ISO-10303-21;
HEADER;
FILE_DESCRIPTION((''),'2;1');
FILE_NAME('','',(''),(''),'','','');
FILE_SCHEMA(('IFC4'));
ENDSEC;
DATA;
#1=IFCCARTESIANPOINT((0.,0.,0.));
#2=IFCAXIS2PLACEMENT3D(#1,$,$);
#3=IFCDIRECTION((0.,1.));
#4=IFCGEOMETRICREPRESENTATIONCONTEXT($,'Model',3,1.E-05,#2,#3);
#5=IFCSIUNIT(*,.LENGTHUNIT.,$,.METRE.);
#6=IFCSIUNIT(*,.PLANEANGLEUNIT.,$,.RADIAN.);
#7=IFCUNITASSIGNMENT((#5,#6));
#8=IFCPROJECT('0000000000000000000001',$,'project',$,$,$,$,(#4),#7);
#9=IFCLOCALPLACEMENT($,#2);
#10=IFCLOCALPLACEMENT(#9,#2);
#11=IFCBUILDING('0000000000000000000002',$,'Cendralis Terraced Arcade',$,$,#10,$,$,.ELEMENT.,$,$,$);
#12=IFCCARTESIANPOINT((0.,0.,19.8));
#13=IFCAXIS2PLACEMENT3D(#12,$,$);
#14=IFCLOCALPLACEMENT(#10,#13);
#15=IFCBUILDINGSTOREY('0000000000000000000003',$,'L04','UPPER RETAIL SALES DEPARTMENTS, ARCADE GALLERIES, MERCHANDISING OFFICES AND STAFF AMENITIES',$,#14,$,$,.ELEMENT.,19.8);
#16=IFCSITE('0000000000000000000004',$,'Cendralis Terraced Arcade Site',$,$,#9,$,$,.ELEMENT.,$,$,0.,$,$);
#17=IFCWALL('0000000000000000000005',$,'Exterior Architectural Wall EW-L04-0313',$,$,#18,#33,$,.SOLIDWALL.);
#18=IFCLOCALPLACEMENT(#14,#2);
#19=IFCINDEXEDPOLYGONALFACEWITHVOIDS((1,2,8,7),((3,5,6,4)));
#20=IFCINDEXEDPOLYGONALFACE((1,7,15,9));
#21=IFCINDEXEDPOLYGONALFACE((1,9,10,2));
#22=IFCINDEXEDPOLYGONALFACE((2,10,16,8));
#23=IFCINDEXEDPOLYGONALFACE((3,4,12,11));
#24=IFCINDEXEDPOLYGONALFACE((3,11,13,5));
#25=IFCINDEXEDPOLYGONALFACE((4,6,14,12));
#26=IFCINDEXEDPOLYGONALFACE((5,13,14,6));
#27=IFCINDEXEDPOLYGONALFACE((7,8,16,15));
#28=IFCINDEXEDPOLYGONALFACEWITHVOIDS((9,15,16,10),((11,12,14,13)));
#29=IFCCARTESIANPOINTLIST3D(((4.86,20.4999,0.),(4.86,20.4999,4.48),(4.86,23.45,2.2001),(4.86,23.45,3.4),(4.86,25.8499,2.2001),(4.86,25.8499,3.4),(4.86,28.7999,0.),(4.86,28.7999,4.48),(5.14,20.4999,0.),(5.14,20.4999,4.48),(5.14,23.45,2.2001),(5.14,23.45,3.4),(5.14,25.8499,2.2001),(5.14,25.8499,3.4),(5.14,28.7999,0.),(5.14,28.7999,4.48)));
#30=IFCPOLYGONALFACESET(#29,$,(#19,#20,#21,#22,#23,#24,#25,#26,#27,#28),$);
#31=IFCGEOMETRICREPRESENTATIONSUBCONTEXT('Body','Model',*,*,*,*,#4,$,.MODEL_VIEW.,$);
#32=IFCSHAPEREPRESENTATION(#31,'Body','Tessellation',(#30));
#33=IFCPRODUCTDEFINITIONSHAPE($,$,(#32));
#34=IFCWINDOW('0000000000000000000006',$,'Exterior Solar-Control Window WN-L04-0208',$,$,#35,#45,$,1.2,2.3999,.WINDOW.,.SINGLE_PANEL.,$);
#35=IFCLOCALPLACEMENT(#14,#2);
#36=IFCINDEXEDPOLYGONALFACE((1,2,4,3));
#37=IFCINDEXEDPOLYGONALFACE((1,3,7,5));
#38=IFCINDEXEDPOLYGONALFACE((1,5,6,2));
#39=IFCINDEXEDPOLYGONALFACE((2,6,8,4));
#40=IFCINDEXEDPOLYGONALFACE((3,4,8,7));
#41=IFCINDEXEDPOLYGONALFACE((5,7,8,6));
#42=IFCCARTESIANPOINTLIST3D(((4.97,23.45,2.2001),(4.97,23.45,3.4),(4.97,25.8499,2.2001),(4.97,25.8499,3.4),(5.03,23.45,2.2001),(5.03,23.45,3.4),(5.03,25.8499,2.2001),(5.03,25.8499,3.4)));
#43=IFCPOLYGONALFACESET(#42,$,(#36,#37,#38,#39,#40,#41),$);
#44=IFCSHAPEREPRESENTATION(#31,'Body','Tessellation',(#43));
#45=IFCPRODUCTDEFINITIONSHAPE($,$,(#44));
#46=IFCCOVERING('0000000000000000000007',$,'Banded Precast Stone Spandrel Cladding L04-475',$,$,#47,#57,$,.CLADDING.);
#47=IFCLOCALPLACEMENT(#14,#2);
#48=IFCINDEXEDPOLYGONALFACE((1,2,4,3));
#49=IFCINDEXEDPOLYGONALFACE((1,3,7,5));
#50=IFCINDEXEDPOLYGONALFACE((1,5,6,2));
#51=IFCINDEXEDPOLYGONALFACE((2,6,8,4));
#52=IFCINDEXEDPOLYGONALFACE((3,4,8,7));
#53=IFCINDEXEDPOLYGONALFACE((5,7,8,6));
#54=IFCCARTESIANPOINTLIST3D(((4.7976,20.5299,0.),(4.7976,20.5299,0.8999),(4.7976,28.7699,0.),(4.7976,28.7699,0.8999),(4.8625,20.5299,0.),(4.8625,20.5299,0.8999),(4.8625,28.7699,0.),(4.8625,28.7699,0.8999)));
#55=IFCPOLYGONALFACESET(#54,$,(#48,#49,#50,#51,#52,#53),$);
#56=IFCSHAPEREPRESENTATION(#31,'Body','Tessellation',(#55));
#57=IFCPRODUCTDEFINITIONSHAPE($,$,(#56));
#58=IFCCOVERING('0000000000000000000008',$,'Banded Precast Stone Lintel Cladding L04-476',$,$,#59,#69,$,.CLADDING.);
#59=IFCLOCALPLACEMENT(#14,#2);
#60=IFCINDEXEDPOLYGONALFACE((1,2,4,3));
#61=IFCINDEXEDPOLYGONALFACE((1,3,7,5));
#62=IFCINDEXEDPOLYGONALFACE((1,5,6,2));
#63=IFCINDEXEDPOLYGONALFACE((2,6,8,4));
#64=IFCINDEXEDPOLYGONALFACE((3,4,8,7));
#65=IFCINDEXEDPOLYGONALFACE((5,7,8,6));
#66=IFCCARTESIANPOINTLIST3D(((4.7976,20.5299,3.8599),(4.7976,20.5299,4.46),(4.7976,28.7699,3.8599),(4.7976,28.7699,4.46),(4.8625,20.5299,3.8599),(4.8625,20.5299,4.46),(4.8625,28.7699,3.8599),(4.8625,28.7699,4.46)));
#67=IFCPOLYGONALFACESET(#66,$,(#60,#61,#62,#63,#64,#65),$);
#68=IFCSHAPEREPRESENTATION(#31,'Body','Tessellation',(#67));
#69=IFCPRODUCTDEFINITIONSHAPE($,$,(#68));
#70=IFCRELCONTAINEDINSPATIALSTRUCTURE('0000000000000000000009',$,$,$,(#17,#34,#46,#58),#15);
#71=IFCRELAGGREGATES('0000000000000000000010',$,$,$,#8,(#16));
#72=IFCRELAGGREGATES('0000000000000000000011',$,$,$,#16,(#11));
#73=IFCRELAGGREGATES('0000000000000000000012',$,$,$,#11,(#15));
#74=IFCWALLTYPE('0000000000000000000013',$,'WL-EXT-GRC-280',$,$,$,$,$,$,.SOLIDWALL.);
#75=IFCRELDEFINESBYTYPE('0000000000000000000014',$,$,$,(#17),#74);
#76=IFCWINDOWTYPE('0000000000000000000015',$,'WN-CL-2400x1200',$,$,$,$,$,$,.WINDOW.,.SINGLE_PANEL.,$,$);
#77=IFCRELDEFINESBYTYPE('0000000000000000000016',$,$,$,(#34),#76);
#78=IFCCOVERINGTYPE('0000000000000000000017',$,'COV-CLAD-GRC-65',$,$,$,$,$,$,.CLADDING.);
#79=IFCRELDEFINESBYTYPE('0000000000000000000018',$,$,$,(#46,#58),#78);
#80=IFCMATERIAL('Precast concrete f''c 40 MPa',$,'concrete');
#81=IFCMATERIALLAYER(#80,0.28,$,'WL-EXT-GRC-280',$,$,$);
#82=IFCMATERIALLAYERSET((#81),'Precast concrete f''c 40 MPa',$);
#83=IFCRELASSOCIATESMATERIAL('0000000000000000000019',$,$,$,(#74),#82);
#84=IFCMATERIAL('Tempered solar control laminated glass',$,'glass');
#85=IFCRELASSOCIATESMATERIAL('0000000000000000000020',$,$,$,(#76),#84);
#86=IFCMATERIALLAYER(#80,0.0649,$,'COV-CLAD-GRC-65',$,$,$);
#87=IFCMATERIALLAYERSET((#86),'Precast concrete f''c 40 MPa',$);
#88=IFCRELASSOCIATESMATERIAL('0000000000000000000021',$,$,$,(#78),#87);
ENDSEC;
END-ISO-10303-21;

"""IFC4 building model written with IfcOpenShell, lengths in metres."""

from ifc_helpers import new_model, si_unit, direction, frame, frame_2d, origin, origin_2d, place, context, subcontext, project, spatial, rectangle, extrude, material, layer, layer_set, type_object, element, fill, save


model = new_model("IFC4")

# Units and contexts
model_context = context("Model", 3, precision=1e-05, world=origin(), true_north=direction((0.0, 1.0)))
body_context = subcontext(model_context, "Body", "Model", "MODEL_VIEW")
ifc_project = project(units=[si_unit("LENGTHUNIT", "METRE"), si_unit("PLANEANGLEUNIT", "RADIAN")], contexts=[model_context])

# Site, building, storey
site_placement = place(None, origin())
site = spatial("IfcSite", under=ifc_project, at=site_placement, Name="Cendralis Terraced Arcade Site", CompositionType="ELEMENT", RefElevation=0.0)
building_placement = place(site_placement, origin())
building = spatial("IfcBuilding", under=site, at=building_placement, Name="Cendralis Terraced Arcade", CompositionType="ELEMENT")
storey_placement = place(building_placement, frame((0.0, 0.0, 19.8)))
storey = spatial("IfcBuildingStorey", under=building, at=storey_placement, Name="L04", Description="UPPER RETAIL SALES DEPARTMENTS, ARCADE GALLERIES, MERCHANDISING OFFICES AND STAFF AMENITIES", CompositionType="ELEMENT", Elevation=19.8)

# Shared definitions
ifc_material_1 = material(Name="Tempered solar control laminated glass", Category="glass")

# Wall, opening, window
ifc_material_2 = material(Name="Precast concrete f'c 40 MPa", Category="concrete")
ifc_layer_1 = layer(ifc_material_2, 0.28, Name="WL-EXT-GRC-280")
ifc_layer_set_1 = layer_set([ifc_layer_1], Name="Precast concrete f'c 40 MPa")
wall_type_1 = type_object("IfcWallType", Name="WL-EXT-GRC-280", PredefinedType="SOLIDWALL", material=ifc_layer_set_1)
wall_1_placement = place(storey_placement, frame((5.0, 20.5, 0.0), z_axis=(0.0, 0.0, 1.0), x_axis=(0.0, 1.0, 0.0)))
wall_1 = element("IfcWall", 1, at=wall_1_placement, inside=storey, type_object=wall_type_1, Name="Exterior Architectural Wall EW-L04-0313", PredefinedType="SOLIDWALL", context=body_context, shape_type="SweptSolid", body=[
    extrude(rectangle(XDim=8.3, YDim=0.28, at=frame_2d((4.1499, 0.0))), origin(), (0.0, 0.0, 1.0), 4.48),
])
opening_placement = place(wall_1_placement, frame((2.95, 0.0, 2.2)))
opening = element("IfcOpeningElement", 2, at=opening_placement, cuts=wall_1, PredefinedType="OPENING", context=body_context, shape_type="SweptSolid", body=[
    extrude(rectangle(XDim=2.3999, YDim=1.2, at=frame_2d((1.2, 0.6001))), frame((0.0, 0.1519, 0.0), z_axis=(0.0, -1.0, 0.0), x_axis=(1.0, 0.0, 0.0)), (0.0, 0.0, 1.0), 0.304),
])
window_type = type_object("IfcWindowType", Name="WN-CL-2400x1200", PartitioningType="SINGLE_PANEL", PredefinedType="WINDOW", material=ifc_material_1)
window_placement = place(opening_placement, origin())
window = element("IfcWindow", 3, at=window_placement, inside=storey, type_object=window_type, Name="Exterior Solar-Control Window WN-L04-0208", OverallHeight=1.2, OverallWidth=2.3999, PartitioningType="SINGLE_PANEL", PredefinedType="WINDOW", context=body_context, shape_type="SweptSolid", body=[
    extrude(rectangle(XDim=2.3999, YDim=1.2, at=frame_2d((1.2, 0.6001))), frame((0.0, 0.03, 0.0), z_axis=(0.0, -1.0, 0.0), x_axis=(1.0, 0.0, 0.0)), (0.0, 0.0, 1.0), 0.0601),
])
fill(opening, window)

# Coverings
ifc_layer_2 = layer(ifc_material_2, 0.0649, Name="COV-CLAD-GRC-65")
ifc_layer_set_2 = layer_set([ifc_layer_2], Name="Precast concrete f'c 40 MPa")
covering_type = type_object("IfcCoveringType", Name="COV-CLAD-GRC-65", PredefinedType="CLADDING", material=ifc_layer_set_2)
covering_1_placement = place(storey_placement, frame((4.8301, 24.6499, 0.0), z_axis=(0.0, 0.0, 1.0), x_axis=(0.0, 1.0, 0.0)))
element("IfcCovering", 4, at=covering_1_placement, inside=storey, type_object=covering_type, Name="Banded Precast Stone Spandrel Cladding L04-475", PredefinedType="CLADDING", context=body_context, shape_type="SweptSolid", body=[
    extrude(rectangle(XDim=8.24, YDim=0.0649, at=origin_2d()), origin(), (0.0, 0.0, 1.0), 0.8999),
])
covering_2_placement = place(storey_placement, frame((4.8301, 24.6499, 3.8599), z_axis=(0.0, 0.0, 1.0), x_axis=(0.0, 1.0, 0.0)))
element("IfcCovering", 5, at=covering_2_placement, inside=storey, type_object=covering_type, Name="Banded Precast Stone Lintel Cladding L04-476", PredefinedType="CLADDING", context=body_context, shape_type="SweptSolid", body=[
    extrude(rectangle(XDim=8.24, YDim=0.0649, at=origin_2d()), origin(), (0.0, 0.0, 1.0), 0.6001),
])

save(model, "model.ifc")
